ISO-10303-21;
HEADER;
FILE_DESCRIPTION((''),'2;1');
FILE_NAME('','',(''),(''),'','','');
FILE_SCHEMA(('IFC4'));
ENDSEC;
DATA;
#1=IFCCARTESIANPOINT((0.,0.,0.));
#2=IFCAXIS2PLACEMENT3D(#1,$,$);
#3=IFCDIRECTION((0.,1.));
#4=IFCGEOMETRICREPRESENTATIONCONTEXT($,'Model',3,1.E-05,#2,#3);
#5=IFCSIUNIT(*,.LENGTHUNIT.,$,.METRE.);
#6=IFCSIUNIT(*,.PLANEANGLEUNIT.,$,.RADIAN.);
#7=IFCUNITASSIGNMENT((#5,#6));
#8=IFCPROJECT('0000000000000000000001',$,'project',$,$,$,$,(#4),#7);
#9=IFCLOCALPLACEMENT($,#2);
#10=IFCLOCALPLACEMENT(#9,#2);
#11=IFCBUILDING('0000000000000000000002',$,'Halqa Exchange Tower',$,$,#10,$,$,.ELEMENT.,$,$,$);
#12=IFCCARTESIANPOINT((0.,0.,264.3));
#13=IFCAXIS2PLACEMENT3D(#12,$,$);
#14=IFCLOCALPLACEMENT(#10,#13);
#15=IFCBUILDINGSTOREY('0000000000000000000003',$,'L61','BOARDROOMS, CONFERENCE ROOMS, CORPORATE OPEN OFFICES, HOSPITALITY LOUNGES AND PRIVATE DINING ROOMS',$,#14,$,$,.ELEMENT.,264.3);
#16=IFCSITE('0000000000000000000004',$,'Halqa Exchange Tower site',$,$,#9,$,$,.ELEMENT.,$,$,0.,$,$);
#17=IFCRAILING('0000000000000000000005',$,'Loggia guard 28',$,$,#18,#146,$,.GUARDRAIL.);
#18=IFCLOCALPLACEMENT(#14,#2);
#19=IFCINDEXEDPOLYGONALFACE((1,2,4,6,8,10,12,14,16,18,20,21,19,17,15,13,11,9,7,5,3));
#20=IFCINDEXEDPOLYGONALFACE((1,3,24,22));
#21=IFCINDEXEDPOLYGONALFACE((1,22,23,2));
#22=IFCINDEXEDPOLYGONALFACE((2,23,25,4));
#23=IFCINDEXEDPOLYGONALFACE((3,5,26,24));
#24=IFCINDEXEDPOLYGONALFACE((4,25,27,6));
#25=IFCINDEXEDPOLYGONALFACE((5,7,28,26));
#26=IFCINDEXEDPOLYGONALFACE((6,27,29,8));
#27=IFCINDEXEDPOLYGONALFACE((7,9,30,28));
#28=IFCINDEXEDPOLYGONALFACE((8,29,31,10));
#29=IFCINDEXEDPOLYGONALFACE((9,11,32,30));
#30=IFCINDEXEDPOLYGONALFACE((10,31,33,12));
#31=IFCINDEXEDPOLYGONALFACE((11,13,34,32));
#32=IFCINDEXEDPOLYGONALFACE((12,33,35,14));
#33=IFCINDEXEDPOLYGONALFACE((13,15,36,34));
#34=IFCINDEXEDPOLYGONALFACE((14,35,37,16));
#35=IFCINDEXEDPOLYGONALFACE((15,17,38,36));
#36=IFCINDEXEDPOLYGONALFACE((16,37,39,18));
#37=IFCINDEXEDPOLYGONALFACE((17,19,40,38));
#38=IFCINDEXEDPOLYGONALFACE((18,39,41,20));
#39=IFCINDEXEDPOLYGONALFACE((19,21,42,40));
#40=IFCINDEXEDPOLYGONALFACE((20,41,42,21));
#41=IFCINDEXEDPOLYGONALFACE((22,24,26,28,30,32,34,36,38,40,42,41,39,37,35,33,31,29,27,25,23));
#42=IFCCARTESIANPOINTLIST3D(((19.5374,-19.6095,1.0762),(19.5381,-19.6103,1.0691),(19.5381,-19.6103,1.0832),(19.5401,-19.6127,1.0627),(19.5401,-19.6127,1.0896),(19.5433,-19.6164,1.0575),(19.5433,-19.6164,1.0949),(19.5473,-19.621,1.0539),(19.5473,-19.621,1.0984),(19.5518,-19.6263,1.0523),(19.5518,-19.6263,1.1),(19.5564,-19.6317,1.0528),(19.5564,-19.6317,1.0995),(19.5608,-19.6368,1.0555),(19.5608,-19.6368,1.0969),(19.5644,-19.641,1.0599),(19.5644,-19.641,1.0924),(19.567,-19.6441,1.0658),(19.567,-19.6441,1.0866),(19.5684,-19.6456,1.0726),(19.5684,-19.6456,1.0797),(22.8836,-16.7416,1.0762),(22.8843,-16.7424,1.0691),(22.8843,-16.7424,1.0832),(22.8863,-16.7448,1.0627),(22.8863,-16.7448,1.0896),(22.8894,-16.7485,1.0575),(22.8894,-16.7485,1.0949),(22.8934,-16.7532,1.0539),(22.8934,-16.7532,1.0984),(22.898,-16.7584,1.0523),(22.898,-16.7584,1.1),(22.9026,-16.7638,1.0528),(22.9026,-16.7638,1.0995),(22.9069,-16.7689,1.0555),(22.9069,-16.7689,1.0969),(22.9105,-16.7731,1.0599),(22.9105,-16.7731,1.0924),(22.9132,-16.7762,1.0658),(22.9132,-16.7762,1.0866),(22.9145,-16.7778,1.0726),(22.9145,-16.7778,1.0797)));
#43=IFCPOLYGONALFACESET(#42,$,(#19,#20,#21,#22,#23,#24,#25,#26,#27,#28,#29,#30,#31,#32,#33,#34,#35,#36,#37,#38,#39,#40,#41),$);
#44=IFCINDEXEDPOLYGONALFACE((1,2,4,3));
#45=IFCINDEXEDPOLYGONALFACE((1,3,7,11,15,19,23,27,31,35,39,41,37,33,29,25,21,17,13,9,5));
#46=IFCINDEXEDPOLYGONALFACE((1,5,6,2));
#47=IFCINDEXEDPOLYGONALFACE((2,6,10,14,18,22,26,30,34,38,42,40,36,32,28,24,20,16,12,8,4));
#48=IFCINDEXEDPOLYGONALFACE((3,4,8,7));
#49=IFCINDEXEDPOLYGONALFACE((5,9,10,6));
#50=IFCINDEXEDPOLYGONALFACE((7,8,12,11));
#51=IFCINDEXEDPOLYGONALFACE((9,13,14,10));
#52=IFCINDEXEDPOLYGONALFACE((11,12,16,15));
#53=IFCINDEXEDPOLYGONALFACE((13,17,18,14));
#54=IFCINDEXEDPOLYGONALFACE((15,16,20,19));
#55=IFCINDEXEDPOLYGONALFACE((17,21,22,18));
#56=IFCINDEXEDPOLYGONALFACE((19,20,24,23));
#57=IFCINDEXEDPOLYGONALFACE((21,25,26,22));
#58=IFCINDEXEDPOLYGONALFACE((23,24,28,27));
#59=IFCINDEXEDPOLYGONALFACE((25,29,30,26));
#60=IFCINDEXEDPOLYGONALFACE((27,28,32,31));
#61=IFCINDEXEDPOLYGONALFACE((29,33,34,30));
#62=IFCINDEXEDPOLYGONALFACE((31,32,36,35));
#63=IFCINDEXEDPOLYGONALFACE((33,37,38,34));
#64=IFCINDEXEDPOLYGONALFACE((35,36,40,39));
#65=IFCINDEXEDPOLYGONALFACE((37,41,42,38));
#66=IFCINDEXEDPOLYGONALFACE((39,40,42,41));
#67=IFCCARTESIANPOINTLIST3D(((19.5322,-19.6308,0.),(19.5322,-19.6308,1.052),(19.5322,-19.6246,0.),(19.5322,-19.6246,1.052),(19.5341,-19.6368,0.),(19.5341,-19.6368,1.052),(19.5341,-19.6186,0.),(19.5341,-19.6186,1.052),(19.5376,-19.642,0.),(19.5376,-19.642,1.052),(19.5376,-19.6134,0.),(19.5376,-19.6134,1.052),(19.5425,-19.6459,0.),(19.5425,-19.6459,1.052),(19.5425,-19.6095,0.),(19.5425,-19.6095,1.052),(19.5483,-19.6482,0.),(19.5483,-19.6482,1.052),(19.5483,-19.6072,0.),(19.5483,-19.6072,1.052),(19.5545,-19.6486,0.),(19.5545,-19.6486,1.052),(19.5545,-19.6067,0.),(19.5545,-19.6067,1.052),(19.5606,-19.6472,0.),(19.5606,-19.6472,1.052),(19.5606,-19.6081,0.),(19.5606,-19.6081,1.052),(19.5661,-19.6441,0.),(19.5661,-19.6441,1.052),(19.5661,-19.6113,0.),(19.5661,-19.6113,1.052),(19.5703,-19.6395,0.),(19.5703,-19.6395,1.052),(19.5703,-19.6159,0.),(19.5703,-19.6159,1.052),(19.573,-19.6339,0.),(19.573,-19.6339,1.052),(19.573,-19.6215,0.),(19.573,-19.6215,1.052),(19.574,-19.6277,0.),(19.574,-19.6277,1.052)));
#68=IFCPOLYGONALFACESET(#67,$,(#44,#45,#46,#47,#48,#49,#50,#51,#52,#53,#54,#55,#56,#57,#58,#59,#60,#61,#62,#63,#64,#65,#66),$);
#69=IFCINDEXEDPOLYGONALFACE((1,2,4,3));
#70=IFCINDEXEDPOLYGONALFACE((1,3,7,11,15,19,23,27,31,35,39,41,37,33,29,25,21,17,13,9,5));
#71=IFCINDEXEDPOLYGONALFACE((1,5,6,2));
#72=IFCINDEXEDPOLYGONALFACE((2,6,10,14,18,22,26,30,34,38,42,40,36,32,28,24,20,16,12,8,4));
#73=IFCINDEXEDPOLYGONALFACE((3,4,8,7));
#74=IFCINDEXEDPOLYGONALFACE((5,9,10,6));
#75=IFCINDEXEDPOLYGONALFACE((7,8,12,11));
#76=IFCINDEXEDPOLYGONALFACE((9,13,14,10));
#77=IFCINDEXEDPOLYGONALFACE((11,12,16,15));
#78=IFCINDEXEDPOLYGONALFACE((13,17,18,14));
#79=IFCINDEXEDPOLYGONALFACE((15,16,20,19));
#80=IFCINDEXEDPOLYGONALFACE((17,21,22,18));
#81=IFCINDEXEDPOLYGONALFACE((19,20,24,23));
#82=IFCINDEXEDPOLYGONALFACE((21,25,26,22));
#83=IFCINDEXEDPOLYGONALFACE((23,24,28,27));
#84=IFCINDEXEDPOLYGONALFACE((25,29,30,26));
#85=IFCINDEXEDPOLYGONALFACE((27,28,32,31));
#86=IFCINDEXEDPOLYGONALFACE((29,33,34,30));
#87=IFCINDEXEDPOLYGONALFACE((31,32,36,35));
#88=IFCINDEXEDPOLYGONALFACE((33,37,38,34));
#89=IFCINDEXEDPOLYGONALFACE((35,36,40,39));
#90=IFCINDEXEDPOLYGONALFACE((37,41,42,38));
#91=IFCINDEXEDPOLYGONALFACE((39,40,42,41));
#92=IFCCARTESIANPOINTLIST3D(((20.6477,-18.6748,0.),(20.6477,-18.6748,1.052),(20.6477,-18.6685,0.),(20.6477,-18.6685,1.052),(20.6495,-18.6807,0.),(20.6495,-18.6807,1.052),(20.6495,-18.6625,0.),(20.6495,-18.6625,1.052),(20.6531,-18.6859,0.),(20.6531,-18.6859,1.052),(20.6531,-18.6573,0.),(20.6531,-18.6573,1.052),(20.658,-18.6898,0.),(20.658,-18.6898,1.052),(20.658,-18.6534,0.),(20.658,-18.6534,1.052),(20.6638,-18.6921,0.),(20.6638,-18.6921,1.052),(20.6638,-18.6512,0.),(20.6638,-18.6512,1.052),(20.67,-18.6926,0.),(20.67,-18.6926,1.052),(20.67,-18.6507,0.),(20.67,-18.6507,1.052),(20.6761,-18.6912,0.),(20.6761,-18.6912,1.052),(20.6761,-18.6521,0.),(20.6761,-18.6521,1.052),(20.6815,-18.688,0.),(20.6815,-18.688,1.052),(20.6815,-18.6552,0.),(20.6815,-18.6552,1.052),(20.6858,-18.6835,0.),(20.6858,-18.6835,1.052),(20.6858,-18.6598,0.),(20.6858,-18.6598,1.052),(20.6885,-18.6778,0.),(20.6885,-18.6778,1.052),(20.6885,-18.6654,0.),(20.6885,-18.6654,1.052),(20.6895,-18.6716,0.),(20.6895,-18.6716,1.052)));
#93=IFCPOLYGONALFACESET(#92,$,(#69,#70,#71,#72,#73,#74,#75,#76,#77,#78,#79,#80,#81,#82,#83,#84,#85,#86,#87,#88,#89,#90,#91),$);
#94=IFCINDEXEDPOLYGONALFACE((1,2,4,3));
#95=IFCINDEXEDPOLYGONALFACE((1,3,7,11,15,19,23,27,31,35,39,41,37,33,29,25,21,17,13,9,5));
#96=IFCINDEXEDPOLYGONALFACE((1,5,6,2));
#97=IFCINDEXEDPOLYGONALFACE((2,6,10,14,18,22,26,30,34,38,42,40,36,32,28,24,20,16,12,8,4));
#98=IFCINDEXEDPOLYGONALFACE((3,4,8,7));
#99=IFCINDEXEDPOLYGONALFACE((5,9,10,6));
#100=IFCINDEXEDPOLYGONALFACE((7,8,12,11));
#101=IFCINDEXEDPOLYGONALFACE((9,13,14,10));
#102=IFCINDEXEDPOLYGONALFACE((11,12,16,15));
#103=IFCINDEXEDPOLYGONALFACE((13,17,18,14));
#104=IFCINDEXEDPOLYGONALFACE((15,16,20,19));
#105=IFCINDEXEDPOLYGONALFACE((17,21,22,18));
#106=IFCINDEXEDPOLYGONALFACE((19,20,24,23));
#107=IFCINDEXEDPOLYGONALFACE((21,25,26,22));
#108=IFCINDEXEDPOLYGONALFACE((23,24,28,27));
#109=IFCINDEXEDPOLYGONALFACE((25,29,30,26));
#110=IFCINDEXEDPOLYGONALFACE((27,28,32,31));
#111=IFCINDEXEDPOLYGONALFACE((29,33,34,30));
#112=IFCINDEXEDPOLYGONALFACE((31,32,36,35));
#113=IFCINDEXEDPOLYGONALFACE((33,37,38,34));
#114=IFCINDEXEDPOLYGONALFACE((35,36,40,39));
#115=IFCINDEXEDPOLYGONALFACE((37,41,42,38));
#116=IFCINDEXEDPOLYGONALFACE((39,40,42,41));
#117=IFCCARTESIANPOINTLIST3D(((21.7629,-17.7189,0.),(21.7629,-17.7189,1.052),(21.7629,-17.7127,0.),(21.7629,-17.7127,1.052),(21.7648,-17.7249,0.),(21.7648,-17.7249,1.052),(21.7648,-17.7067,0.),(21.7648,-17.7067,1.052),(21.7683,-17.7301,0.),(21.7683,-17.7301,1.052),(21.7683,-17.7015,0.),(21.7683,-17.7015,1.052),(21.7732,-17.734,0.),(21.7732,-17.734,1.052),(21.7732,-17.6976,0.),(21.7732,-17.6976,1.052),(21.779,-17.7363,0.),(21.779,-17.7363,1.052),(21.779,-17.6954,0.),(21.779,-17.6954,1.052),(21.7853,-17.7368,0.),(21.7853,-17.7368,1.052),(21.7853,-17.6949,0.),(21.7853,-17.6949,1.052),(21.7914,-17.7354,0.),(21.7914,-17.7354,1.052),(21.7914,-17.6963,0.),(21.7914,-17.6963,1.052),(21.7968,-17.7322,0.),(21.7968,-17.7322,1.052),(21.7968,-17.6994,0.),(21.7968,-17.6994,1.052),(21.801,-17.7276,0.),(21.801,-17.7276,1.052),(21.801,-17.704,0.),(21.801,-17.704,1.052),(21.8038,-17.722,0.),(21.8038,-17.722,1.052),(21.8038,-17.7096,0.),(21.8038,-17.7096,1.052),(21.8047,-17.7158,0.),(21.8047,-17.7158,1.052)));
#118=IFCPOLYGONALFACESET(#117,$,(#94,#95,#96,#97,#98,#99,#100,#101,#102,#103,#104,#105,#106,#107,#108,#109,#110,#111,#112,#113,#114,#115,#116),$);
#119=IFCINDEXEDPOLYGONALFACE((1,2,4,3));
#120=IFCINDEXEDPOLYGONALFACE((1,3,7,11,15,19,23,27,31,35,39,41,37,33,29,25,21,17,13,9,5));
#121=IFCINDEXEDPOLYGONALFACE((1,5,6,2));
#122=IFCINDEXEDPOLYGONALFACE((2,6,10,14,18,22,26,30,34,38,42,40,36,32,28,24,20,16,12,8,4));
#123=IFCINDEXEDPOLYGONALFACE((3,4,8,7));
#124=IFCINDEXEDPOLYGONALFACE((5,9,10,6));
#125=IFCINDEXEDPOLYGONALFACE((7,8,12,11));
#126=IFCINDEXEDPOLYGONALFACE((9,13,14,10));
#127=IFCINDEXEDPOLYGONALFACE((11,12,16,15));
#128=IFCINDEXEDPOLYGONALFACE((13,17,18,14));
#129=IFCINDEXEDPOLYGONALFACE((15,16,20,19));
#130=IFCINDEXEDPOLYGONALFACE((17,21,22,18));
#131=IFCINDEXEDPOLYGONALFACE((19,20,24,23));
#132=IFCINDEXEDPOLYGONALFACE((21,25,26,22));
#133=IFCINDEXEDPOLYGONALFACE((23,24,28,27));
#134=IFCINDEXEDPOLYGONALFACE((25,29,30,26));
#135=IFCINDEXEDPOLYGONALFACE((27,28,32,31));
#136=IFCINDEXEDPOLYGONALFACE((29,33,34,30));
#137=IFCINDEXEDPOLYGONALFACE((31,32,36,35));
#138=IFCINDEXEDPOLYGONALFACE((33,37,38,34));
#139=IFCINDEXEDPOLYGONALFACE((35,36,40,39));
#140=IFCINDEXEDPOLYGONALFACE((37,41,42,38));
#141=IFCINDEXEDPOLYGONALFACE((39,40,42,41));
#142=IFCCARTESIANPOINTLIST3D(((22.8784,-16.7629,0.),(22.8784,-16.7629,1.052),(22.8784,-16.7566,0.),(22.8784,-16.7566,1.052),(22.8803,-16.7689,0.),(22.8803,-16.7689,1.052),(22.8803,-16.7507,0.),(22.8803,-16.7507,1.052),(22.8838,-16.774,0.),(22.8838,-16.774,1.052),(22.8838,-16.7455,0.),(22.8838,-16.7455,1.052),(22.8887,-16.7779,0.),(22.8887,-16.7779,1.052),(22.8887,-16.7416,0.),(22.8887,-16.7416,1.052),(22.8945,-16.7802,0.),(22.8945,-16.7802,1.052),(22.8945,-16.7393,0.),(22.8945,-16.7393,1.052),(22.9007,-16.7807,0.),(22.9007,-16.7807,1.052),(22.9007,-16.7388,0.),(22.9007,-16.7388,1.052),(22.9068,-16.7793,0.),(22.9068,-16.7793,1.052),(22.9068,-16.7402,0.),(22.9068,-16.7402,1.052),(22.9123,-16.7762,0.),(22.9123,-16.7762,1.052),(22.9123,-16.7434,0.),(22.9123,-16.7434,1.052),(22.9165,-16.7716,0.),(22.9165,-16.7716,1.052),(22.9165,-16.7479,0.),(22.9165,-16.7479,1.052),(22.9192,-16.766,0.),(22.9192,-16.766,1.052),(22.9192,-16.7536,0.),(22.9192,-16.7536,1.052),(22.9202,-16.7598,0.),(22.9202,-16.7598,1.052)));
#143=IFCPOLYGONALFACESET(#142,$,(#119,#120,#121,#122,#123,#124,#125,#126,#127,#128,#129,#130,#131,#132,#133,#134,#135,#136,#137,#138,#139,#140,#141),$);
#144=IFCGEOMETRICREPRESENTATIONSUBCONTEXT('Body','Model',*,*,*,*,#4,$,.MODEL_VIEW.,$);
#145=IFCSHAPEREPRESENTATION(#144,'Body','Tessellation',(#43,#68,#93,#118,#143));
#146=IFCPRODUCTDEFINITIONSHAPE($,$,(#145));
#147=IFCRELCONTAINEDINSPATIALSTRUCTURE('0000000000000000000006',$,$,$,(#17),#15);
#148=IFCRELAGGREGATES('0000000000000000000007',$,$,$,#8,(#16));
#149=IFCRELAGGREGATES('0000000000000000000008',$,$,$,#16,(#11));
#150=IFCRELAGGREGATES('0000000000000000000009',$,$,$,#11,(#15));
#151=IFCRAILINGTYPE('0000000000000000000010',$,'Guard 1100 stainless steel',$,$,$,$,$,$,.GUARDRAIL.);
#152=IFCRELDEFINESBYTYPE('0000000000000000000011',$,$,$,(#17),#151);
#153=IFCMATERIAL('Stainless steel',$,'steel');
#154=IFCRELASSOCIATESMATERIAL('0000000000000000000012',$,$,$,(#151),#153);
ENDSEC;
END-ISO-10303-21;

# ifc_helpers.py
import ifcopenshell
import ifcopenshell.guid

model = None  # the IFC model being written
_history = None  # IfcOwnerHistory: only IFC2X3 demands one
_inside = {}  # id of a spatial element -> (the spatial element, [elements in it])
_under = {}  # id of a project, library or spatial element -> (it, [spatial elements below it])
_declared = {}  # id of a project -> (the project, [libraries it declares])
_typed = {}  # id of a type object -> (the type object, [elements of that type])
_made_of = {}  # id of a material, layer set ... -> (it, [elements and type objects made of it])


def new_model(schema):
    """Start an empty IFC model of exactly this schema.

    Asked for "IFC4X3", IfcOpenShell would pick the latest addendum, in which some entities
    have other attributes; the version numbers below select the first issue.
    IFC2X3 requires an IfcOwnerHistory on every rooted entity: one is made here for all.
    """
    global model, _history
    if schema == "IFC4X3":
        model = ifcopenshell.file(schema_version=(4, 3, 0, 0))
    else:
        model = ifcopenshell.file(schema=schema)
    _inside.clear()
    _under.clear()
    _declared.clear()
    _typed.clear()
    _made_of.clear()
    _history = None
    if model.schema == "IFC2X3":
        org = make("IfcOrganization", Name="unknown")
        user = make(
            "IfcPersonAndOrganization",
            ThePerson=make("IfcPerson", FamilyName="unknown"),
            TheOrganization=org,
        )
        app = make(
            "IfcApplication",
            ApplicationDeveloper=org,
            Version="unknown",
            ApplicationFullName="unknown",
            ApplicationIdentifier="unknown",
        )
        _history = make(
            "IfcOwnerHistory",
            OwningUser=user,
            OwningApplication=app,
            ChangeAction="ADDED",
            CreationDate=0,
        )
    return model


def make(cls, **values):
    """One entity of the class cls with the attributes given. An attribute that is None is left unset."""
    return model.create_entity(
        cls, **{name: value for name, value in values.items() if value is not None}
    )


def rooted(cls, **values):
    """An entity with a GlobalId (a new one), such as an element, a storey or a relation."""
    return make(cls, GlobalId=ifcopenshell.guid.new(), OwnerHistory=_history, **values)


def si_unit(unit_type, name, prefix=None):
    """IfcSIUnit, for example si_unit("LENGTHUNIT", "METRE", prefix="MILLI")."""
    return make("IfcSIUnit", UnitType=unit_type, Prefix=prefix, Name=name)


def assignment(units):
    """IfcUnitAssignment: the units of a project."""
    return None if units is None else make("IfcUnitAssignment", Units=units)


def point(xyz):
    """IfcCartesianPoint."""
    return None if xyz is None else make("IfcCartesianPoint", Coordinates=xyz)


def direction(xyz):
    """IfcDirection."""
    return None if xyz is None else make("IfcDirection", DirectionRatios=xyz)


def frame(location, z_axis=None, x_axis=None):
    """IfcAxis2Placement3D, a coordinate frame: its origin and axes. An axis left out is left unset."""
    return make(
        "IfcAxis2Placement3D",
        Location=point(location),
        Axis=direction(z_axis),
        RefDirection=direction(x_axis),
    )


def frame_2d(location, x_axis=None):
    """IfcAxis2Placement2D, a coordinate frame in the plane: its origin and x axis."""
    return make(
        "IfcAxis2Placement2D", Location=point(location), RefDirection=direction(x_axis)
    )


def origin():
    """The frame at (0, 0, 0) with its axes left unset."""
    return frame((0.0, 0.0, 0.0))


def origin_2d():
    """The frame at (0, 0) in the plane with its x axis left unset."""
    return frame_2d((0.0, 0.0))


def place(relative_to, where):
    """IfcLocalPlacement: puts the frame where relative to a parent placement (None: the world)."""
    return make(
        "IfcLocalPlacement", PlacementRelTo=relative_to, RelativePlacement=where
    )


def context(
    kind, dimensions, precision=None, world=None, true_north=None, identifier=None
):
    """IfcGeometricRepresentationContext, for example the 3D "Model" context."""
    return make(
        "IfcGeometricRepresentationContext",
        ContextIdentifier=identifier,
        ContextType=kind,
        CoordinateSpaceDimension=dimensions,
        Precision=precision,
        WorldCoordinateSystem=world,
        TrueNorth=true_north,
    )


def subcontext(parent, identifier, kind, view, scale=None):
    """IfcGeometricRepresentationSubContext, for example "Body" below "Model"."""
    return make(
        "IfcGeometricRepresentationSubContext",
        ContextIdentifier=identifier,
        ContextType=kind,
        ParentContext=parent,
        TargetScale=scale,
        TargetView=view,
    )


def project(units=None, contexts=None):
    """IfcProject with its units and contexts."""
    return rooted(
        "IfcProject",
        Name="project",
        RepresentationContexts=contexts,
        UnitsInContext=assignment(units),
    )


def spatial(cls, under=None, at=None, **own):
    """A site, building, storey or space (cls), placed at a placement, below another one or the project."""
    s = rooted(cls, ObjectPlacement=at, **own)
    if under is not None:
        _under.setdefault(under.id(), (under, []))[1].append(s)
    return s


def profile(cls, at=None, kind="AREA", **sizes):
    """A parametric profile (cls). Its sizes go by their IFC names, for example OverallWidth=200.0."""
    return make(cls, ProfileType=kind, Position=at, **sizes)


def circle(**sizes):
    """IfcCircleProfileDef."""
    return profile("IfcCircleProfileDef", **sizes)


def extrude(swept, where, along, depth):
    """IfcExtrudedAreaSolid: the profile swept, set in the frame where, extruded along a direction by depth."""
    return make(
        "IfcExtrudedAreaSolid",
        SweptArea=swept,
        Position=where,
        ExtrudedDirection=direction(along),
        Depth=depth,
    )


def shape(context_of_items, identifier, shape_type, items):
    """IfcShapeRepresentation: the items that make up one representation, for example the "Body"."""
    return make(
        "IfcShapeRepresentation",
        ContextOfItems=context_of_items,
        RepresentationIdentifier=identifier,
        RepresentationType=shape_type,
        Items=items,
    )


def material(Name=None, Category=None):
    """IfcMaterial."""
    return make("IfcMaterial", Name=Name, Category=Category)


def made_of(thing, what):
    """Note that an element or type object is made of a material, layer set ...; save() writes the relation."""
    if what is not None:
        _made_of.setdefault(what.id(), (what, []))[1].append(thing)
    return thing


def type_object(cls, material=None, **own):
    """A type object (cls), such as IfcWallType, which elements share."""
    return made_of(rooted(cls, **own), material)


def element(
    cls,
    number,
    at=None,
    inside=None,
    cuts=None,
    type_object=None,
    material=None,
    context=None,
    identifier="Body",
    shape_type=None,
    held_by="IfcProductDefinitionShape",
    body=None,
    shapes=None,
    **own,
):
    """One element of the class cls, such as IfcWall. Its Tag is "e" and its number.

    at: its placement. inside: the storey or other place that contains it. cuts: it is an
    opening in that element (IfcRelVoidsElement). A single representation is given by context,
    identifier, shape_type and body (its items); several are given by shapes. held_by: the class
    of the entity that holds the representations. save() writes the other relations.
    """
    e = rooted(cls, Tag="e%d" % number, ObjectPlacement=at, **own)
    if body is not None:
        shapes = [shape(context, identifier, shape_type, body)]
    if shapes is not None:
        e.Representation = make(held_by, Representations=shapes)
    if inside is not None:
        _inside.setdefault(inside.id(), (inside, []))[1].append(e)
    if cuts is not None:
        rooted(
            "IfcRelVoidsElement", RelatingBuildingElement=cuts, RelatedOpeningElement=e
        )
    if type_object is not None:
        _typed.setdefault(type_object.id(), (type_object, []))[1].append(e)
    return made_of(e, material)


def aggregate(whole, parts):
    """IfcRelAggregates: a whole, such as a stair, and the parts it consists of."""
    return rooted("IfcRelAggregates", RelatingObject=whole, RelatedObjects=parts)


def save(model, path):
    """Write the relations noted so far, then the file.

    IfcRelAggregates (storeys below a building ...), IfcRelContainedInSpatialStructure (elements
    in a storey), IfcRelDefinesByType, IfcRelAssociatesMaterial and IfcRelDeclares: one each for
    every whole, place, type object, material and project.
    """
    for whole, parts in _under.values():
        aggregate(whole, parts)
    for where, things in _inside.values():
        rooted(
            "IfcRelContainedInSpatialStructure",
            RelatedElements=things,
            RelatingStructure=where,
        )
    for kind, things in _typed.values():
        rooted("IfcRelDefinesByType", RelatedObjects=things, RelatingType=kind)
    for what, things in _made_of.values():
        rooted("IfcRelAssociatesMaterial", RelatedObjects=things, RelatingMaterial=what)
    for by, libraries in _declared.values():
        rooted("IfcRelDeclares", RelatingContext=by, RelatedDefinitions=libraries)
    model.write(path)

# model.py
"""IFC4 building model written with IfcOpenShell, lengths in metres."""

from ifc_helpers import new_model, si_unit, direction, frame, origin, origin_2d, place, context, subcontext, project, spatial, circle, extrude, material, type_object, element, save


model = new_model("IFC4")

# Units and contexts
model_context = context("Model", 3, precision=1e-05, world=origin(), true_north=direction((0.0, 1.0)))
body_context = subcontext(model_context, "Body", "Model", "MODEL_VIEW")
ifc_project = project(units=[si_unit("LENGTHUNIT", "METRE"), si_unit("PLANEANGLEUNIT", "RADIAN")], contexts=[model_context])

# Site, building, storey
site_placement = place(None, origin())
site = spatial("IfcSite", under=ifc_project, at=site_placement, Name="Halqa Exchange Tower site", CompositionType="ELEMENT", RefElevation=0.0)
building_placement = place(site_placement, origin())
building = spatial("IfcBuilding", under=site, at=building_placement, Name="Halqa Exchange Tower", CompositionType="ELEMENT")
storey_placement = place(building_placement, frame((0.0, 0.0, 264.3)))
storey = spatial("IfcBuildingStorey", under=building, at=storey_placement, Name="L61", Description="BOARDROOMS, CONFERENCE ROOMS, CORPORATE OPEN OFFICES, HOSPITALITY LOUNGES AND PRIVATE DINING ROOMS", CompositionType="ELEMENT", Elevation=264.3)

# Railing
ifc_material_1 = material(Name="Stainless steel", Category="steel")
railing_type = type_object("IfcRailingType", Name="Guard 1100 stainless steel", PredefinedType="GUARDRAIL", material=ifc_material_1)
railing_1_placement = place(storey_placement, frame((19.553, -19.6277, 0.0)))
element("IfcRailing", 1, at=railing_1_placement, inside=storey, type_object=railing_type, Name="Loggia guard 28", PredefinedType="GUARDRAIL", context=body_context, shape_type="SweptSolid", body=[
    extrude(circle(Radius=0.0239, at=origin_2d()), frame((0.0, 0.0, 1.0762), z_axis=(0.759284, 0.650759, 0.0), x_axis=(-0.650759, 0.759284, 0.0)), (0.0, 0.0, 1.0), 4.407),
    extrude(circle(Radius=0.021, at=origin_2d()), origin(), (0.0, 0.0, 1.0), 1.052),
    extrude(circle(Radius=0.021, at=origin_2d()), frame((1.1155, 0.9561, 0.0)), (0.0, 0.0, 1.0), 1.052),
    extrude(circle(Radius=0.021, at=origin_2d()), frame((2.2307, 1.9119, 0.0)), (0.0, 0.0, 1.0), 1.052),
    extrude(circle(Radius=0.021, at=origin_2d()), frame((3.3462, 2.8679, 0.0)), (0.0, 0.0, 1.0), 1.052),
])

save(model, "model.ifc")
